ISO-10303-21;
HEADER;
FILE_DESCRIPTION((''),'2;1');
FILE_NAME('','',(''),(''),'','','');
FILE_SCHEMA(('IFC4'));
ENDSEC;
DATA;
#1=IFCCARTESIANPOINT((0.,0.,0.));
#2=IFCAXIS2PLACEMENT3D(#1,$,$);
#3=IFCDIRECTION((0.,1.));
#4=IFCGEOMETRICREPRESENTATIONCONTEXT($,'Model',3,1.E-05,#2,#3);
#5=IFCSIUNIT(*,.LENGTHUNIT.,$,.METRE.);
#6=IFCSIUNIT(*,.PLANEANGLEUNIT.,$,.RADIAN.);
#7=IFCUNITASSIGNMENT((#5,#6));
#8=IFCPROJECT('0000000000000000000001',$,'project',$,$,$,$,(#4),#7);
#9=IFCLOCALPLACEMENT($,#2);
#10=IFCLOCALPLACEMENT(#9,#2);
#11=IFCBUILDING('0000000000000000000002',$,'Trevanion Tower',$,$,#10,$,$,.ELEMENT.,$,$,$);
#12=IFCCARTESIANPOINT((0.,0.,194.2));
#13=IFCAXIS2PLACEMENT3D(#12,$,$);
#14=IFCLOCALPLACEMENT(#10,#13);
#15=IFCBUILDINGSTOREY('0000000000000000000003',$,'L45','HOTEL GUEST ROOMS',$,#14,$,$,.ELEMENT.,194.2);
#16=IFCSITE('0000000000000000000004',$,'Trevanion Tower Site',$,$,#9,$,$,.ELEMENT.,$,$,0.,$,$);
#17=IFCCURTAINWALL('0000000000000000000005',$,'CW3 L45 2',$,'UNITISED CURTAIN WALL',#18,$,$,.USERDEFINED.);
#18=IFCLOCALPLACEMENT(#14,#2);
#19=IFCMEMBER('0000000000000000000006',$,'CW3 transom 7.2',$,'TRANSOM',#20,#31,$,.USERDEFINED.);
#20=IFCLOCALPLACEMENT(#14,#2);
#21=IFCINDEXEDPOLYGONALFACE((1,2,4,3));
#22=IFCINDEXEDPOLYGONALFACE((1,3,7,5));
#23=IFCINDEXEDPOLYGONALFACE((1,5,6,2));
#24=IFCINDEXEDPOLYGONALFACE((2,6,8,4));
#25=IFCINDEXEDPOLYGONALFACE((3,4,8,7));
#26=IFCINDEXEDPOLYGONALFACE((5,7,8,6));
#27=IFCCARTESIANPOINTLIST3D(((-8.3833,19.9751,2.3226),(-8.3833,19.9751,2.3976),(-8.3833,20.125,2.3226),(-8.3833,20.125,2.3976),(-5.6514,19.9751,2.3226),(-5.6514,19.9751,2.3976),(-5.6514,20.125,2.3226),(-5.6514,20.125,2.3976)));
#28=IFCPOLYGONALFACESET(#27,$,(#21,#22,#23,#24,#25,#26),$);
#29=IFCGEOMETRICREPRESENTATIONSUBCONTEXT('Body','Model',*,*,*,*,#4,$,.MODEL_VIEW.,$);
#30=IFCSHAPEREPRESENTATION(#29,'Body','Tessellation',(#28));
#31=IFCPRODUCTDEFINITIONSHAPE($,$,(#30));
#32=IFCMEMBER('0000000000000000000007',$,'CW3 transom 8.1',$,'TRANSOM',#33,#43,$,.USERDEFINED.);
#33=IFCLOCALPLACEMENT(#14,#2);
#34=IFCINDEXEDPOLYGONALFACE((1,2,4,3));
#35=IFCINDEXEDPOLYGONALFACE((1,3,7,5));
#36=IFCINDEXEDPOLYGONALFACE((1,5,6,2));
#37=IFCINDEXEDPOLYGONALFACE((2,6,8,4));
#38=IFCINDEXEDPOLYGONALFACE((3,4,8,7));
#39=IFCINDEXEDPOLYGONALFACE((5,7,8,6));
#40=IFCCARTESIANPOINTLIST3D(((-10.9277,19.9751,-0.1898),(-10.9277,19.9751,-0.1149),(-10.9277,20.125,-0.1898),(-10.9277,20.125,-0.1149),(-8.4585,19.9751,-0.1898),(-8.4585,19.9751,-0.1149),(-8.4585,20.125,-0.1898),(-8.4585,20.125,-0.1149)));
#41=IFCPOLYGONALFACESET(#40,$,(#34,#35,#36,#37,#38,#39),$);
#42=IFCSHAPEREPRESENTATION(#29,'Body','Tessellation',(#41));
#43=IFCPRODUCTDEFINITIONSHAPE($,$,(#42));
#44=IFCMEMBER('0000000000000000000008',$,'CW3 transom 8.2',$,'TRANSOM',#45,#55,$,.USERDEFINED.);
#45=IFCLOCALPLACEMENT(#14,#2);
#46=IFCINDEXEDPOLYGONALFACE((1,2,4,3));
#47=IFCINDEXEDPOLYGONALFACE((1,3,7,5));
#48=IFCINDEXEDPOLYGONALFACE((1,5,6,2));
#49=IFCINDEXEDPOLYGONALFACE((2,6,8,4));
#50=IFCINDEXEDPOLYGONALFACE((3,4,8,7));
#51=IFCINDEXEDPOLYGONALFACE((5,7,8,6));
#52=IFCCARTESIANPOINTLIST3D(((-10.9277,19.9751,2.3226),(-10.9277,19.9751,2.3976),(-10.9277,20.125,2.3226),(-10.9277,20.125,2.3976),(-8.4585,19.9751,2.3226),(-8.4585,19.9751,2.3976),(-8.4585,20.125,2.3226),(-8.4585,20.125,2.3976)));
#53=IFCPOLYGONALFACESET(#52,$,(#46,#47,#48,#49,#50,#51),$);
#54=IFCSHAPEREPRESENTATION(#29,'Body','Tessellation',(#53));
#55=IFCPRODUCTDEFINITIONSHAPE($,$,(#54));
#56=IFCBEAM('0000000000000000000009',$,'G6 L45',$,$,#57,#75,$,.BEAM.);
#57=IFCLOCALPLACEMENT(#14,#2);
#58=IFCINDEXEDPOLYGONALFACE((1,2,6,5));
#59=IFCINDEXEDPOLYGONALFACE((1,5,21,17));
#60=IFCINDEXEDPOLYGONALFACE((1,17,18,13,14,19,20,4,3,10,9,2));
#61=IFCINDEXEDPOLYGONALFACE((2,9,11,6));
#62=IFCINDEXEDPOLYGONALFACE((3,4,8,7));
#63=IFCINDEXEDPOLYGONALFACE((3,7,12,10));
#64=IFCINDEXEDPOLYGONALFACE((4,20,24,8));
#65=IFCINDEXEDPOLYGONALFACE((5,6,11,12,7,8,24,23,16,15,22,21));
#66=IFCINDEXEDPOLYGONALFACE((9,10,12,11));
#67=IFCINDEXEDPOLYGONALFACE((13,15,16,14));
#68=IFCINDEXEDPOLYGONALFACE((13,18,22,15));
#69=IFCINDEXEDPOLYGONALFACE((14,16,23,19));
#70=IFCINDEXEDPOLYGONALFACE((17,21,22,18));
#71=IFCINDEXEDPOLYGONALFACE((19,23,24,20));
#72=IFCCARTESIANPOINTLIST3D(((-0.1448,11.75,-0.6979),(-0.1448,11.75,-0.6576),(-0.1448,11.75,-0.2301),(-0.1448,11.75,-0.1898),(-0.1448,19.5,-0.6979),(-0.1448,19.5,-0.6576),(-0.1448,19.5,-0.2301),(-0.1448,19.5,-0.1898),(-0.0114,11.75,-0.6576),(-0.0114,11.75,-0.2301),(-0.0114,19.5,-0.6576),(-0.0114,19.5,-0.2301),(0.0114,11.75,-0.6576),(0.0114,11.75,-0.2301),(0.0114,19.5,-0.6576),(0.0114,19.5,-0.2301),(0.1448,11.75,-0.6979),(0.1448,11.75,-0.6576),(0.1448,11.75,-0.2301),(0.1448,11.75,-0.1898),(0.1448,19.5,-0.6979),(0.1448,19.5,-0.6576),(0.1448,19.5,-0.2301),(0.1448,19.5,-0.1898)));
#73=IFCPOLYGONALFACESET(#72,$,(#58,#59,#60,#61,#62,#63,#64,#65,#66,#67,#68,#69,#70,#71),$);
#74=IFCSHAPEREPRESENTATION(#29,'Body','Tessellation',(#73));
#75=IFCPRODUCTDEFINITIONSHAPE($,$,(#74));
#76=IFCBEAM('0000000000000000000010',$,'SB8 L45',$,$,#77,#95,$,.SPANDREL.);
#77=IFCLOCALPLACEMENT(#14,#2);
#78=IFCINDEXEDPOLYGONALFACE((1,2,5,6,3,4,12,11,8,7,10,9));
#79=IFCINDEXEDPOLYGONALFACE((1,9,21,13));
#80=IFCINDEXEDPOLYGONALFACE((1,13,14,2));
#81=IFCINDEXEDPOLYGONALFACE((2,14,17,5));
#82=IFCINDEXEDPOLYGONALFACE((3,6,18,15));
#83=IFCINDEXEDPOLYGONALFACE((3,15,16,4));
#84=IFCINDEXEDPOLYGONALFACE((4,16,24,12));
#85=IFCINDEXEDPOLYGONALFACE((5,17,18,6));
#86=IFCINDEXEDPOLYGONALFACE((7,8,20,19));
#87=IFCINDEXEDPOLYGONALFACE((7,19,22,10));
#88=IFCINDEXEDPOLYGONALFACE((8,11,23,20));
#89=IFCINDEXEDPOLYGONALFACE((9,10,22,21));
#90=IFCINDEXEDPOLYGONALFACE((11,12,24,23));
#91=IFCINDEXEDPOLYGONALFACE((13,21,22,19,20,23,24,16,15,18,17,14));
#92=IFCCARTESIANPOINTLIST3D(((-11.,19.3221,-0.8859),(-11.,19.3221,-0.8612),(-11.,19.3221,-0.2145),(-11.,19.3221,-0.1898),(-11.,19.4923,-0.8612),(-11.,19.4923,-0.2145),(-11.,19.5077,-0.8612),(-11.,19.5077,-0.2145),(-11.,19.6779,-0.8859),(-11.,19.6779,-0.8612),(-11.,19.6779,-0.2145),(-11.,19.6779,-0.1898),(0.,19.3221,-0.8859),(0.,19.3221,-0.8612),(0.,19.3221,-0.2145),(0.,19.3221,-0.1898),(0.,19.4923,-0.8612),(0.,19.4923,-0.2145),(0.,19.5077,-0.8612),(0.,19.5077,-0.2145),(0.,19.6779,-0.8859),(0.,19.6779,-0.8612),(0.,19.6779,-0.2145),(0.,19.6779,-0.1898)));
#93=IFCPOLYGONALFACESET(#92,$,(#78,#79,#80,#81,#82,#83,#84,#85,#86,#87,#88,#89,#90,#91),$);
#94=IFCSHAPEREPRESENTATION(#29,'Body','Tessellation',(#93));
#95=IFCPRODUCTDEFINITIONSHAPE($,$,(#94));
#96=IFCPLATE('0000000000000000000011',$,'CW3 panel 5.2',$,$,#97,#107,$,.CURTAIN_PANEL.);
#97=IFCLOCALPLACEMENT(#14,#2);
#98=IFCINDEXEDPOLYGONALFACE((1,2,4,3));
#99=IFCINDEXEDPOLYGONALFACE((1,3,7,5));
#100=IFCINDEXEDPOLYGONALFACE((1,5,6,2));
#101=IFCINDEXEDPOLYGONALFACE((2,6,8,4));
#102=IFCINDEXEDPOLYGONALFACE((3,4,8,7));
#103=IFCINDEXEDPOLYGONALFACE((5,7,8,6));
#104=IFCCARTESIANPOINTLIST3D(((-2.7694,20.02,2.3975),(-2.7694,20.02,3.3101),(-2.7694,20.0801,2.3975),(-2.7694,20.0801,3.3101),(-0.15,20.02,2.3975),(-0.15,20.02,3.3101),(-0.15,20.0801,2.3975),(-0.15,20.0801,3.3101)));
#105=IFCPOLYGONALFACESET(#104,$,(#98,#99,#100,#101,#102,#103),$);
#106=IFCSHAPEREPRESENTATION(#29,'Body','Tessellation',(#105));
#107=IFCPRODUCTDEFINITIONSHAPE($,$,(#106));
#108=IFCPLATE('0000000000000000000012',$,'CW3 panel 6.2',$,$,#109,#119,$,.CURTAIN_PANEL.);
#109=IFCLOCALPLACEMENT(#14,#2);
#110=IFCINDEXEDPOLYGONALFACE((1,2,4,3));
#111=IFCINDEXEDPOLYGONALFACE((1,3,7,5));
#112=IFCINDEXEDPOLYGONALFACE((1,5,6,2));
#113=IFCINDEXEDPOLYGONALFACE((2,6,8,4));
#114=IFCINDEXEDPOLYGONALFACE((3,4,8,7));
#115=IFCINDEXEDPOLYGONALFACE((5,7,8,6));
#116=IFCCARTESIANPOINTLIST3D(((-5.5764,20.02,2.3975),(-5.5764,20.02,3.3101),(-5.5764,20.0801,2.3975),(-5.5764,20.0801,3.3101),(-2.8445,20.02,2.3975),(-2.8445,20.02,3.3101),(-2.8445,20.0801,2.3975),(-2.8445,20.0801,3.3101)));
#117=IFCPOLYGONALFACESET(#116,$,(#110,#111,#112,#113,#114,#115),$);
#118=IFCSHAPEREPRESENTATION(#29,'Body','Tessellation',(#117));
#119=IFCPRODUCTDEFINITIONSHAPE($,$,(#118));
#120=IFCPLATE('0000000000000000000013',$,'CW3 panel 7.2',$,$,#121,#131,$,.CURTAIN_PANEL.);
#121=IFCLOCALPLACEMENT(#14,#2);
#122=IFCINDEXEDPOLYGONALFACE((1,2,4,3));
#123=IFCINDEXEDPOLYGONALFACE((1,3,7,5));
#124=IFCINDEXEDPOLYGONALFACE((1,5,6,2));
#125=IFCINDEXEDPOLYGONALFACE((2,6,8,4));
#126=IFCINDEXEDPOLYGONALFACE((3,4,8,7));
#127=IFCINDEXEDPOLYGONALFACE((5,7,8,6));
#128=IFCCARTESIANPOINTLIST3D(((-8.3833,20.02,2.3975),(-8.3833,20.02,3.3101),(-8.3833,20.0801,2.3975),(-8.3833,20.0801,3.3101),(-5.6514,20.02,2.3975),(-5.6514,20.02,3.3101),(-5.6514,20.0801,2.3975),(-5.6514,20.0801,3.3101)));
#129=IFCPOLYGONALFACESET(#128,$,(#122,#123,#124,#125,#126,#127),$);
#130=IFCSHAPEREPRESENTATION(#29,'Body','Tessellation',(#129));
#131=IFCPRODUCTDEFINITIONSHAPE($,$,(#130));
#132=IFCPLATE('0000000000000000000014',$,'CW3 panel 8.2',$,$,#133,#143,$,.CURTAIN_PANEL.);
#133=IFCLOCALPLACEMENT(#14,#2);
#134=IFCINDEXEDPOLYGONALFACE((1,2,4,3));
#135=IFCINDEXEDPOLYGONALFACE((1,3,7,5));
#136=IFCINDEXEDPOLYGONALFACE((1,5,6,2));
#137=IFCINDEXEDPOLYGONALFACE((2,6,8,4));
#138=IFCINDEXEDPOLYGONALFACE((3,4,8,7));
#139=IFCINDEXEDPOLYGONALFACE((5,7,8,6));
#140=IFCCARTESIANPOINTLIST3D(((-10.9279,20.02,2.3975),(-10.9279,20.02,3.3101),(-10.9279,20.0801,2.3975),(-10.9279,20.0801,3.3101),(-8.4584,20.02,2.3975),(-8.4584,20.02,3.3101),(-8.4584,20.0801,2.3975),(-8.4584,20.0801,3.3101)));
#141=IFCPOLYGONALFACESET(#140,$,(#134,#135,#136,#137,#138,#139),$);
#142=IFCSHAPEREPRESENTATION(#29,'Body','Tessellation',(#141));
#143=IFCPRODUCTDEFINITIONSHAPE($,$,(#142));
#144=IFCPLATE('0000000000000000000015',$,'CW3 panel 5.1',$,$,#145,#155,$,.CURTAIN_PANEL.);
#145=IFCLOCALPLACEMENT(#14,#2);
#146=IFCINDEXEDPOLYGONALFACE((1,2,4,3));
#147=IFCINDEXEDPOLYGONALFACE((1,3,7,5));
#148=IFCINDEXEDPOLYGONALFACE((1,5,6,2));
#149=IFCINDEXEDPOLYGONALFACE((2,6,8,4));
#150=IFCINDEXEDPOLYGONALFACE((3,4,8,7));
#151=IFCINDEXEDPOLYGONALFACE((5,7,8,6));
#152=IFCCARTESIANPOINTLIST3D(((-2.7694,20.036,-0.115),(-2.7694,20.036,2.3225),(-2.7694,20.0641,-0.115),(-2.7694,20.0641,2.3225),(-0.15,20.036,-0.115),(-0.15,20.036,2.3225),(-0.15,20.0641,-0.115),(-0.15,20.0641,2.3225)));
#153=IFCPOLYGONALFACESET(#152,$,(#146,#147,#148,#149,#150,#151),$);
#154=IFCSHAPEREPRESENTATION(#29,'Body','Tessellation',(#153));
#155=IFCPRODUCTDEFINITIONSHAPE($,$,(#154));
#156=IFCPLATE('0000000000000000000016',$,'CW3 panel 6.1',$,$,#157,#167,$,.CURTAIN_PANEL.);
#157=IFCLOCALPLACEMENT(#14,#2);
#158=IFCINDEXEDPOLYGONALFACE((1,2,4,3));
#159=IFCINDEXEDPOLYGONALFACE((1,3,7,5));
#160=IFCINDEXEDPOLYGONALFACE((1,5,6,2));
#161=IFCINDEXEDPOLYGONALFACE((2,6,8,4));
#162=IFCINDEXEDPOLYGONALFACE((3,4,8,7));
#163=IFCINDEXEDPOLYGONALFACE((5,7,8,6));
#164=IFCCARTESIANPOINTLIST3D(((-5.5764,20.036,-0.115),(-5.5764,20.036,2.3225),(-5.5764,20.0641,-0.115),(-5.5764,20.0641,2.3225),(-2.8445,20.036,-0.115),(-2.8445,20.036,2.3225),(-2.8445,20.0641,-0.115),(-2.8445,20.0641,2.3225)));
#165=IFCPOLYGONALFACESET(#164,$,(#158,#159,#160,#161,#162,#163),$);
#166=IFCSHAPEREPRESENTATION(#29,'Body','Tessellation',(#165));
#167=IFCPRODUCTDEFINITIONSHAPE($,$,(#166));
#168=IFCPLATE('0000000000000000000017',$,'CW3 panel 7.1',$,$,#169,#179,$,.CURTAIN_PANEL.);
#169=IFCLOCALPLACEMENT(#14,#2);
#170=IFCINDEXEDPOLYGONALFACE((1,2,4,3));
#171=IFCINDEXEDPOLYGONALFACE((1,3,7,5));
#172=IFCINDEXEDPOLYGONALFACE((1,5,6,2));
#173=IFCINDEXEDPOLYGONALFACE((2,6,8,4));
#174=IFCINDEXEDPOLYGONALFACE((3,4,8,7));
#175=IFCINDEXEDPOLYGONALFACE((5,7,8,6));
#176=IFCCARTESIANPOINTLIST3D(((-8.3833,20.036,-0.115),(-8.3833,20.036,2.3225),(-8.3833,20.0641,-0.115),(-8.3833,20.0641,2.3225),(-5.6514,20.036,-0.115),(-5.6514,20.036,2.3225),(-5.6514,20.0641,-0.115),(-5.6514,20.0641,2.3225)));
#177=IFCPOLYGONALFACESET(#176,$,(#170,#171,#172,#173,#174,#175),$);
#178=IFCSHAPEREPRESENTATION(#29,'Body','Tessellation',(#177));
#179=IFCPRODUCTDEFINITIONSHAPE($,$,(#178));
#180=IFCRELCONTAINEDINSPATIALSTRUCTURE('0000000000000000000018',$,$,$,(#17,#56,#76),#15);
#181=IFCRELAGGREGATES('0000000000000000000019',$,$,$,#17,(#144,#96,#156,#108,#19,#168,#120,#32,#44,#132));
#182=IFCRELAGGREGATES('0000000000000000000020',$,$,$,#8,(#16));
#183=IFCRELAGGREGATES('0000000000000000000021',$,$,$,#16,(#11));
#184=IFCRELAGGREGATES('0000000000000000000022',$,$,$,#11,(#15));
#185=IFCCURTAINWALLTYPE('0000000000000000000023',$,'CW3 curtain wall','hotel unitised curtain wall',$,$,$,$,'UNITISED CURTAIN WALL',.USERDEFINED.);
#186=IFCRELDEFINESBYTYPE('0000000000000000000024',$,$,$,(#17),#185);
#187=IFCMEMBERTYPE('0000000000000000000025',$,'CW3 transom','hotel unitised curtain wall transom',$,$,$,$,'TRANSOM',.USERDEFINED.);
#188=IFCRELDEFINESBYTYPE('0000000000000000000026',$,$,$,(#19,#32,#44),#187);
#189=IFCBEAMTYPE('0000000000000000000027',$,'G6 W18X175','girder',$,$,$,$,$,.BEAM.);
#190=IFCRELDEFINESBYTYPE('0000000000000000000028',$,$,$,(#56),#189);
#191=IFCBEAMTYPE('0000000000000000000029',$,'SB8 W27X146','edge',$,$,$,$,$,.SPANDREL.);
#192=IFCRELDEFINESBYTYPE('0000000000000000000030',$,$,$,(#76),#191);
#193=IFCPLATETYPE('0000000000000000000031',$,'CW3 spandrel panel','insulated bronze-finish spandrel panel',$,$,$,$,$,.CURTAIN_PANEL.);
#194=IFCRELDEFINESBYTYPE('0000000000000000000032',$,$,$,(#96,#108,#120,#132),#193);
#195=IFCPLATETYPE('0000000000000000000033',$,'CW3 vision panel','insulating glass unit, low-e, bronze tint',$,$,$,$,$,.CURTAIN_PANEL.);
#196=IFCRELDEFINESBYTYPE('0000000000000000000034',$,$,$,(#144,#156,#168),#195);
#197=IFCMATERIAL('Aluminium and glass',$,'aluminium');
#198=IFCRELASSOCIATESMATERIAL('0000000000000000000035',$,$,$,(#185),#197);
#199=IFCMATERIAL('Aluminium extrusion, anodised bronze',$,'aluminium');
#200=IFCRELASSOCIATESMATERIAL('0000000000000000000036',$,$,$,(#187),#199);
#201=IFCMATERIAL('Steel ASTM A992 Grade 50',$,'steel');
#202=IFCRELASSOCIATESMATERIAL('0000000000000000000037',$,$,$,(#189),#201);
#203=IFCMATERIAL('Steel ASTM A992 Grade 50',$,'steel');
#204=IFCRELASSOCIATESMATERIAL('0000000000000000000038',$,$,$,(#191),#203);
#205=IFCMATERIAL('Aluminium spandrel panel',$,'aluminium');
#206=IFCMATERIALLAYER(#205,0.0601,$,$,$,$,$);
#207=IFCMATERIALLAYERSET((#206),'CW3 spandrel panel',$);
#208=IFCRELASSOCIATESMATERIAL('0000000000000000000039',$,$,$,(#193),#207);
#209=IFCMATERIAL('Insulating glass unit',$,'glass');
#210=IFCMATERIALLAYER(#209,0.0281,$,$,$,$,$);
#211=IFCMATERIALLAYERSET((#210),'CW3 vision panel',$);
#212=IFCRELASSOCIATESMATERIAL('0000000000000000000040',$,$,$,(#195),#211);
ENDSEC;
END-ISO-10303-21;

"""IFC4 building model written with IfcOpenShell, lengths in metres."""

from ifc_helpers import new_model, si_unit, direction, frame, origin, origin_2d, place, context, subcontext, project, spatial, rectangle, i_section, extrude, material, layer, layer_set, material_profile, profile_set, type_object, element, aggregate, save


model = new_model("IFC4")

# Units and contexts
model_context = context("Model", 3, precision=1e-05, world=origin(), true_north=direction((0.0, 1.0)))
body_context = subcontext(model_context, "Body", "Model", "MODEL_VIEW")
ifc_project = project(units=[si_unit("LENGTHUNIT", "METRE"), si_unit("PLANEANGLEUNIT", "RADIAN")], contexts=[model_context])

# Site, building, storey
site_placement = place(None, origin())
site = spatial("IfcSite", under=ifc_project, at=site_placement, Name="Trevanion Tower Site", CompositionType="ELEMENT", RefElevation=0.0)
building_placement = place(site_placement, origin())
building = spatial("IfcBuilding", under=site, at=building_placement, Name="Trevanion Tower", CompositionType="ELEMENT")
storey_placement = place(building_placement, frame((0.0, 0.0, 194.2)))
storey = spatial("IfcBuildingStorey", under=building, at=storey_placement, Name="L45", Description="HOTEL GUEST ROOMS", CompositionType="ELEMENT", Elevation=194.2)

# Curtain wall, members
ifc_material_1 = material(Name="Aluminium and glass", Category="aluminium")
curtain_wall_type = type_object("IfcCurtainWallType", Name="CW3 curtain wall", Description="hotel unitised curtain wall", ElementType="UNITISED CURTAIN WALL", PredefinedType="USERDEFINED", material=ifc_material_1)
curtain_wall_placement = place(storey_placement, origin())
curtain_wall = element("IfcCurtainWall", 1, at=curtain_wall_placement, inside=storey, type_object=curtain_wall_type, Name="CW3 L45 2", ObjectType="UNITISED CURTAIN WALL", PredefinedType="USERDEFINED")
ifc_material_2 = material(Name="Aluminium extrusion, anodised bronze", Category="aluminium")
ifc_material_profile_1 = material_profile(ifc_material_2, rectangle(XDim=0.1499, YDim=0.075, at=origin_2d()), Name="CW3 transom")
ifc_profile_set_1 = profile_set([ifc_material_profile_1], Name="Aluminium extrusion, anodised bronze")
member_type_1 = type_object("IfcMemberType", Name="CW3 transom", Description="hotel unitised curtain wall transom", ElementType="TRANSOM", PredefinedType="USERDEFINED", material=ifc_profile_set_1)
member_1_placement = place(storey_placement, frame((-5.6514, 20.05, 2.3601), z_axis=(-1.0, 0.0, 0.0), x_axis=(0.0, -1.0, 0.0)))
member_1 = element("IfcMember", 2, at=member_1_placement, type_object=member_type_1, Name="CW3 transom 7.2", ObjectType="TRANSOM", PredefinedType="USERDEFINED", context=body_context, shape_type="SweptSolid", body=[
    extrude(rectangle(XDim=0.1499, YDim=0.075, at=origin_2d()), origin(), (0.0, 0.0, 1.0), 2.7319),
])
member_2_placement = place(storey_placement, frame((-8.4585, 20.05, -0.1523), z_axis=(-1.0, 0.0, 0.0), x_axis=(0.0, -1.0, 0.0)))
member_2 = element("IfcMember", 3, at=member_2_placement, type_object=member_type_1, Name="CW3 transom 8.1", ObjectType="TRANSOM", PredefinedType="USERDEFINED", context=body_context, shape_type="SweptSolid", body=[
    extrude(rectangle(XDim=0.1499, YDim=0.075, at=origin_2d()), origin(), (0.0, 0.0, 1.0), 2.4692),
])
member_3_placement = place(storey_placement, frame((-8.4585, 20.05, 2.3601), z_axis=(-1.0, 0.0, 0.0), x_axis=(0.0, -1.0, 0.0)))
member_3 = element("IfcMember", 4, at=member_3_placement, type_object=member_type_1, Name="CW3 transom 8.2", ObjectType="TRANSOM", PredefinedType="USERDEFINED", context=body_context, shape_type="SweptSolid", body=[
    extrude(rectangle(XDim=0.1499, YDim=0.075, at=origin_2d()), origin(), (0.0, 0.0, 1.0), 2.4692),
])

# Beams
ifc_material_3 = material(Name="Steel ASTM A992 Grade 50", Category="steel")
ifc_material_profile_2 = material_profile(ifc_material_3, i_section(OverallWidth=0.2896, OverallDepth=0.5081, WebThickness=0.0227, FlangeThickness=0.0403, at=origin_2d()), Name="W18X175")
ifc_profile_set_2 = profile_set([ifc_material_profile_2], Name="Steel ASTM A992 Grade 50")
beam_type_1 = type_object("IfcBeamType", Name="G6 W18X175", Description="girder", PredefinedType="BEAM", material=ifc_profile_set_2)
beam_1_placement = place(storey_placement, frame((0.0, 11.75, -0.4438), z_axis=(0.0, 1.0, 0.0), x_axis=(-1.0, 0.0, 0.0)))
element("IfcBeam", 5, at=beam_1_placement, inside=storey, type_object=beam_type_1, Name="G6 L45", PredefinedType="BEAM", context=body_context, shape_type="SweptSolid", body=[
    extrude(i_section(OverallWidth=0.2896, OverallDepth=0.5081, WebThickness=0.0227, FlangeThickness=0.0403, at=origin_2d()), origin(), (0.0, 0.0, 1.0), 7.75),
])
ifc_material_4 = material(Name="Steel ASTM A992 Grade 50", Category="steel")
ifc_material_profile_3 = material_profile(ifc_material_4, i_section(OverallWidth=0.3557, OverallDepth=0.696, WebThickness=0.0154, FlangeThickness=0.0247, at=origin_2d()), Name="W27X146")
ifc_profile_set_3 = profile_set([ifc_material_profile_3], Name="Steel ASTM A992 Grade 50")
beam_type_2 = type_object("IfcBeamType", Name="SB8 W27X146", Description="edge", PredefinedType="SPANDREL", material=ifc_profile_set_3)
beam_2_placement = place(storey_placement, frame((0.0, 19.5, -0.5378), z_axis=(-1.0, 0.0, 0.0), x_axis=(0.0, -1.0, 0.0)))
element("IfcBeam", 6, at=beam_2_placement, inside=storey, type_object=beam_type_2, Name="SB8 L45", PredefinedType="SPANDREL", context=body_context, shape_type="SweptSolid", body=[
    extrude(i_section(OverallWidth=0.3557, OverallDepth=0.696, WebThickness=0.0154, FlangeThickness=0.0247, at=origin_2d()), origin(), (0.0, 0.0, 1.0), 11.0),
])

# Plates
ifc_material_5 = material(Name="Aluminium spandrel panel", Category="aluminium")
ifc_layer_1 = layer(ifc_material_5, 0.0601)
ifc_layer_set_1 = layer_set([ifc_layer_1], Name="CW3 spandrel panel")
plate_type_1 = type_object("IfcPlateType", Name="CW3 spandrel panel", Description="insulated bronze-finish spandrel panel", PredefinedType="CURTAIN_PANEL", material=ifc_layer_set_1)
plate_1_placement = place(storey_placement, frame((-1.4597, 20.05, 2.3975), z_axis=(0.0, 0.0, 1.0), x_axis=(-1.0, 0.0, 0.0)))
plate_1 = element("IfcPlate", 7, at=plate_1_placement, type_object=plate_type_1, Name="CW3 panel 5.2", PredefinedType="CURTAIN_PANEL", context=body_context, shape_type="SweptSolid", body=[
    extrude(rectangle(XDim=2.6194, YDim=0.0601, at=origin_2d()), origin(), (0.0, 0.0, 1.0), 0.9126),
])
plate_2_placement = place(storey_placement, frame((-4.2104, 20.05, 2.3975), z_axis=(0.0, 0.0, 1.0), x_axis=(-1.0, 0.0, 0.0)))
plate_2 = element("IfcPlate", 8, at=plate_2_placement, type_object=plate_type_1, Name="CW3 panel 6.2", PredefinedType="CURTAIN_PANEL", context=body_context, shape_type="SweptSolid", body=[
    extrude(rectangle(XDim=2.7319, YDim=0.0601, at=origin_2d()), origin(), (0.0, 0.0, 1.0), 0.9126),
])
plate_3_placement = place(storey_placement, frame((-7.0173, 20.05, 2.3975), z_axis=(0.0, 0.0, 1.0), x_axis=(-1.0, 0.0, 0.0)))
plate_3 = element("IfcPlate", 9, at=plate_3_placement, type_object=plate_type_1, Name="CW3 panel 7.2", PredefinedType="CURTAIN_PANEL", context=body_context, shape_type="SweptSolid", body=[
    extrude(rectangle(XDim=2.7319, YDim=0.0601, at=origin_2d()), origin(), (0.0, 0.0, 1.0), 0.9126),
])
plate_4_placement = place(storey_placement, frame((-9.6931, 20.05, 2.3975), z_axis=(0.0, 0.0, 1.0), x_axis=(-1.0, 0.0, 0.0)))
plate_4 = element("IfcPlate", 10, at=plate_4_placement, type_object=plate_type_1, Name="CW3 panel 8.2", PredefinedType="CURTAIN_PANEL", context=body_context, shape_type="SweptSolid", body=[
    extrude(rectangle(XDim=2.4695, YDim=0.0601, at=origin_2d()), origin(), (0.0, 0.0, 1.0), 0.9126),
])
ifc_material_6 = material(Name="Insulating glass unit", Category="glass")
ifc_layer_2 = layer(ifc_material_6, 0.0281)
ifc_layer_set_2 = layer_set([ifc_layer_2], Name="CW3 vision panel")
plate_type_2 = type_object("IfcPlateType", Name="CW3 vision panel", Description="insulating glass unit, low-e, bronze tint", PredefinedType="CURTAIN_PANEL", material=ifc_layer_set_2)
plate_5_placement = place(storey_placement, frame((-1.4597, 20.05, -0.115), z_axis=(0.0, 0.0, 1.0), x_axis=(-1.0, 0.0, 0.0)))
plate_5 = element("IfcPlate", 11, at=plate_5_placement, type_object=plate_type_2, Name="CW3 panel 5.1", PredefinedType="CURTAIN_PANEL", context=body_context, shape_type="SweptSolid", body=[
    extrude(rectangle(XDim=2.6194, YDim=0.0281, at=origin_2d()), origin(), (0.0, 0.0, 1.0), 2.4375),
])
plate_6_placement = place(storey_placement, frame((-4.2104, 20.05, -0.115), z_axis=(0.0, 0.0, 1.0), x_axis=(-1.0, 0.0, 0.0)))
plate_6 = element("IfcPlate", 12, at=plate_6_placement, type_object=plate_type_2, Name="CW3 panel 6.1", PredefinedType="CURTAIN_PANEL", context=body_context, shape_type="SweptSolid", body=[
    extrude(rectangle(XDim=2.7319, YDim=0.0281, at=origin_2d()), origin(), (0.0, 0.0, 1.0), 2.4375),
])
plate_7_placement = place(storey_placement, frame((-7.0173, 20.05, -0.115), z_axis=(0.0, 0.0, 1.0), x_axis=(-1.0, 0.0, 0.0)))
plate_7 = element("IfcPlate", 13, at=plate_7_placement, type_object=plate_type_2, Name="CW3 panel 7.1", PredefinedType="CURTAIN_PANEL", context=body_context, shape_type="SweptSolid", body=[
    extrude(rectangle(XDim=2.7319, YDim=0.0281, at=origin_2d()), origin(), (0.0, 0.0, 1.0), 2.4375),
])
aggregate(curtain_wall, [plate_5, plate_1, plate_6, plate_2, member_1, plate_7, plate_3, member_2, member_3, plate_4])

save(model, "model.ifc")
